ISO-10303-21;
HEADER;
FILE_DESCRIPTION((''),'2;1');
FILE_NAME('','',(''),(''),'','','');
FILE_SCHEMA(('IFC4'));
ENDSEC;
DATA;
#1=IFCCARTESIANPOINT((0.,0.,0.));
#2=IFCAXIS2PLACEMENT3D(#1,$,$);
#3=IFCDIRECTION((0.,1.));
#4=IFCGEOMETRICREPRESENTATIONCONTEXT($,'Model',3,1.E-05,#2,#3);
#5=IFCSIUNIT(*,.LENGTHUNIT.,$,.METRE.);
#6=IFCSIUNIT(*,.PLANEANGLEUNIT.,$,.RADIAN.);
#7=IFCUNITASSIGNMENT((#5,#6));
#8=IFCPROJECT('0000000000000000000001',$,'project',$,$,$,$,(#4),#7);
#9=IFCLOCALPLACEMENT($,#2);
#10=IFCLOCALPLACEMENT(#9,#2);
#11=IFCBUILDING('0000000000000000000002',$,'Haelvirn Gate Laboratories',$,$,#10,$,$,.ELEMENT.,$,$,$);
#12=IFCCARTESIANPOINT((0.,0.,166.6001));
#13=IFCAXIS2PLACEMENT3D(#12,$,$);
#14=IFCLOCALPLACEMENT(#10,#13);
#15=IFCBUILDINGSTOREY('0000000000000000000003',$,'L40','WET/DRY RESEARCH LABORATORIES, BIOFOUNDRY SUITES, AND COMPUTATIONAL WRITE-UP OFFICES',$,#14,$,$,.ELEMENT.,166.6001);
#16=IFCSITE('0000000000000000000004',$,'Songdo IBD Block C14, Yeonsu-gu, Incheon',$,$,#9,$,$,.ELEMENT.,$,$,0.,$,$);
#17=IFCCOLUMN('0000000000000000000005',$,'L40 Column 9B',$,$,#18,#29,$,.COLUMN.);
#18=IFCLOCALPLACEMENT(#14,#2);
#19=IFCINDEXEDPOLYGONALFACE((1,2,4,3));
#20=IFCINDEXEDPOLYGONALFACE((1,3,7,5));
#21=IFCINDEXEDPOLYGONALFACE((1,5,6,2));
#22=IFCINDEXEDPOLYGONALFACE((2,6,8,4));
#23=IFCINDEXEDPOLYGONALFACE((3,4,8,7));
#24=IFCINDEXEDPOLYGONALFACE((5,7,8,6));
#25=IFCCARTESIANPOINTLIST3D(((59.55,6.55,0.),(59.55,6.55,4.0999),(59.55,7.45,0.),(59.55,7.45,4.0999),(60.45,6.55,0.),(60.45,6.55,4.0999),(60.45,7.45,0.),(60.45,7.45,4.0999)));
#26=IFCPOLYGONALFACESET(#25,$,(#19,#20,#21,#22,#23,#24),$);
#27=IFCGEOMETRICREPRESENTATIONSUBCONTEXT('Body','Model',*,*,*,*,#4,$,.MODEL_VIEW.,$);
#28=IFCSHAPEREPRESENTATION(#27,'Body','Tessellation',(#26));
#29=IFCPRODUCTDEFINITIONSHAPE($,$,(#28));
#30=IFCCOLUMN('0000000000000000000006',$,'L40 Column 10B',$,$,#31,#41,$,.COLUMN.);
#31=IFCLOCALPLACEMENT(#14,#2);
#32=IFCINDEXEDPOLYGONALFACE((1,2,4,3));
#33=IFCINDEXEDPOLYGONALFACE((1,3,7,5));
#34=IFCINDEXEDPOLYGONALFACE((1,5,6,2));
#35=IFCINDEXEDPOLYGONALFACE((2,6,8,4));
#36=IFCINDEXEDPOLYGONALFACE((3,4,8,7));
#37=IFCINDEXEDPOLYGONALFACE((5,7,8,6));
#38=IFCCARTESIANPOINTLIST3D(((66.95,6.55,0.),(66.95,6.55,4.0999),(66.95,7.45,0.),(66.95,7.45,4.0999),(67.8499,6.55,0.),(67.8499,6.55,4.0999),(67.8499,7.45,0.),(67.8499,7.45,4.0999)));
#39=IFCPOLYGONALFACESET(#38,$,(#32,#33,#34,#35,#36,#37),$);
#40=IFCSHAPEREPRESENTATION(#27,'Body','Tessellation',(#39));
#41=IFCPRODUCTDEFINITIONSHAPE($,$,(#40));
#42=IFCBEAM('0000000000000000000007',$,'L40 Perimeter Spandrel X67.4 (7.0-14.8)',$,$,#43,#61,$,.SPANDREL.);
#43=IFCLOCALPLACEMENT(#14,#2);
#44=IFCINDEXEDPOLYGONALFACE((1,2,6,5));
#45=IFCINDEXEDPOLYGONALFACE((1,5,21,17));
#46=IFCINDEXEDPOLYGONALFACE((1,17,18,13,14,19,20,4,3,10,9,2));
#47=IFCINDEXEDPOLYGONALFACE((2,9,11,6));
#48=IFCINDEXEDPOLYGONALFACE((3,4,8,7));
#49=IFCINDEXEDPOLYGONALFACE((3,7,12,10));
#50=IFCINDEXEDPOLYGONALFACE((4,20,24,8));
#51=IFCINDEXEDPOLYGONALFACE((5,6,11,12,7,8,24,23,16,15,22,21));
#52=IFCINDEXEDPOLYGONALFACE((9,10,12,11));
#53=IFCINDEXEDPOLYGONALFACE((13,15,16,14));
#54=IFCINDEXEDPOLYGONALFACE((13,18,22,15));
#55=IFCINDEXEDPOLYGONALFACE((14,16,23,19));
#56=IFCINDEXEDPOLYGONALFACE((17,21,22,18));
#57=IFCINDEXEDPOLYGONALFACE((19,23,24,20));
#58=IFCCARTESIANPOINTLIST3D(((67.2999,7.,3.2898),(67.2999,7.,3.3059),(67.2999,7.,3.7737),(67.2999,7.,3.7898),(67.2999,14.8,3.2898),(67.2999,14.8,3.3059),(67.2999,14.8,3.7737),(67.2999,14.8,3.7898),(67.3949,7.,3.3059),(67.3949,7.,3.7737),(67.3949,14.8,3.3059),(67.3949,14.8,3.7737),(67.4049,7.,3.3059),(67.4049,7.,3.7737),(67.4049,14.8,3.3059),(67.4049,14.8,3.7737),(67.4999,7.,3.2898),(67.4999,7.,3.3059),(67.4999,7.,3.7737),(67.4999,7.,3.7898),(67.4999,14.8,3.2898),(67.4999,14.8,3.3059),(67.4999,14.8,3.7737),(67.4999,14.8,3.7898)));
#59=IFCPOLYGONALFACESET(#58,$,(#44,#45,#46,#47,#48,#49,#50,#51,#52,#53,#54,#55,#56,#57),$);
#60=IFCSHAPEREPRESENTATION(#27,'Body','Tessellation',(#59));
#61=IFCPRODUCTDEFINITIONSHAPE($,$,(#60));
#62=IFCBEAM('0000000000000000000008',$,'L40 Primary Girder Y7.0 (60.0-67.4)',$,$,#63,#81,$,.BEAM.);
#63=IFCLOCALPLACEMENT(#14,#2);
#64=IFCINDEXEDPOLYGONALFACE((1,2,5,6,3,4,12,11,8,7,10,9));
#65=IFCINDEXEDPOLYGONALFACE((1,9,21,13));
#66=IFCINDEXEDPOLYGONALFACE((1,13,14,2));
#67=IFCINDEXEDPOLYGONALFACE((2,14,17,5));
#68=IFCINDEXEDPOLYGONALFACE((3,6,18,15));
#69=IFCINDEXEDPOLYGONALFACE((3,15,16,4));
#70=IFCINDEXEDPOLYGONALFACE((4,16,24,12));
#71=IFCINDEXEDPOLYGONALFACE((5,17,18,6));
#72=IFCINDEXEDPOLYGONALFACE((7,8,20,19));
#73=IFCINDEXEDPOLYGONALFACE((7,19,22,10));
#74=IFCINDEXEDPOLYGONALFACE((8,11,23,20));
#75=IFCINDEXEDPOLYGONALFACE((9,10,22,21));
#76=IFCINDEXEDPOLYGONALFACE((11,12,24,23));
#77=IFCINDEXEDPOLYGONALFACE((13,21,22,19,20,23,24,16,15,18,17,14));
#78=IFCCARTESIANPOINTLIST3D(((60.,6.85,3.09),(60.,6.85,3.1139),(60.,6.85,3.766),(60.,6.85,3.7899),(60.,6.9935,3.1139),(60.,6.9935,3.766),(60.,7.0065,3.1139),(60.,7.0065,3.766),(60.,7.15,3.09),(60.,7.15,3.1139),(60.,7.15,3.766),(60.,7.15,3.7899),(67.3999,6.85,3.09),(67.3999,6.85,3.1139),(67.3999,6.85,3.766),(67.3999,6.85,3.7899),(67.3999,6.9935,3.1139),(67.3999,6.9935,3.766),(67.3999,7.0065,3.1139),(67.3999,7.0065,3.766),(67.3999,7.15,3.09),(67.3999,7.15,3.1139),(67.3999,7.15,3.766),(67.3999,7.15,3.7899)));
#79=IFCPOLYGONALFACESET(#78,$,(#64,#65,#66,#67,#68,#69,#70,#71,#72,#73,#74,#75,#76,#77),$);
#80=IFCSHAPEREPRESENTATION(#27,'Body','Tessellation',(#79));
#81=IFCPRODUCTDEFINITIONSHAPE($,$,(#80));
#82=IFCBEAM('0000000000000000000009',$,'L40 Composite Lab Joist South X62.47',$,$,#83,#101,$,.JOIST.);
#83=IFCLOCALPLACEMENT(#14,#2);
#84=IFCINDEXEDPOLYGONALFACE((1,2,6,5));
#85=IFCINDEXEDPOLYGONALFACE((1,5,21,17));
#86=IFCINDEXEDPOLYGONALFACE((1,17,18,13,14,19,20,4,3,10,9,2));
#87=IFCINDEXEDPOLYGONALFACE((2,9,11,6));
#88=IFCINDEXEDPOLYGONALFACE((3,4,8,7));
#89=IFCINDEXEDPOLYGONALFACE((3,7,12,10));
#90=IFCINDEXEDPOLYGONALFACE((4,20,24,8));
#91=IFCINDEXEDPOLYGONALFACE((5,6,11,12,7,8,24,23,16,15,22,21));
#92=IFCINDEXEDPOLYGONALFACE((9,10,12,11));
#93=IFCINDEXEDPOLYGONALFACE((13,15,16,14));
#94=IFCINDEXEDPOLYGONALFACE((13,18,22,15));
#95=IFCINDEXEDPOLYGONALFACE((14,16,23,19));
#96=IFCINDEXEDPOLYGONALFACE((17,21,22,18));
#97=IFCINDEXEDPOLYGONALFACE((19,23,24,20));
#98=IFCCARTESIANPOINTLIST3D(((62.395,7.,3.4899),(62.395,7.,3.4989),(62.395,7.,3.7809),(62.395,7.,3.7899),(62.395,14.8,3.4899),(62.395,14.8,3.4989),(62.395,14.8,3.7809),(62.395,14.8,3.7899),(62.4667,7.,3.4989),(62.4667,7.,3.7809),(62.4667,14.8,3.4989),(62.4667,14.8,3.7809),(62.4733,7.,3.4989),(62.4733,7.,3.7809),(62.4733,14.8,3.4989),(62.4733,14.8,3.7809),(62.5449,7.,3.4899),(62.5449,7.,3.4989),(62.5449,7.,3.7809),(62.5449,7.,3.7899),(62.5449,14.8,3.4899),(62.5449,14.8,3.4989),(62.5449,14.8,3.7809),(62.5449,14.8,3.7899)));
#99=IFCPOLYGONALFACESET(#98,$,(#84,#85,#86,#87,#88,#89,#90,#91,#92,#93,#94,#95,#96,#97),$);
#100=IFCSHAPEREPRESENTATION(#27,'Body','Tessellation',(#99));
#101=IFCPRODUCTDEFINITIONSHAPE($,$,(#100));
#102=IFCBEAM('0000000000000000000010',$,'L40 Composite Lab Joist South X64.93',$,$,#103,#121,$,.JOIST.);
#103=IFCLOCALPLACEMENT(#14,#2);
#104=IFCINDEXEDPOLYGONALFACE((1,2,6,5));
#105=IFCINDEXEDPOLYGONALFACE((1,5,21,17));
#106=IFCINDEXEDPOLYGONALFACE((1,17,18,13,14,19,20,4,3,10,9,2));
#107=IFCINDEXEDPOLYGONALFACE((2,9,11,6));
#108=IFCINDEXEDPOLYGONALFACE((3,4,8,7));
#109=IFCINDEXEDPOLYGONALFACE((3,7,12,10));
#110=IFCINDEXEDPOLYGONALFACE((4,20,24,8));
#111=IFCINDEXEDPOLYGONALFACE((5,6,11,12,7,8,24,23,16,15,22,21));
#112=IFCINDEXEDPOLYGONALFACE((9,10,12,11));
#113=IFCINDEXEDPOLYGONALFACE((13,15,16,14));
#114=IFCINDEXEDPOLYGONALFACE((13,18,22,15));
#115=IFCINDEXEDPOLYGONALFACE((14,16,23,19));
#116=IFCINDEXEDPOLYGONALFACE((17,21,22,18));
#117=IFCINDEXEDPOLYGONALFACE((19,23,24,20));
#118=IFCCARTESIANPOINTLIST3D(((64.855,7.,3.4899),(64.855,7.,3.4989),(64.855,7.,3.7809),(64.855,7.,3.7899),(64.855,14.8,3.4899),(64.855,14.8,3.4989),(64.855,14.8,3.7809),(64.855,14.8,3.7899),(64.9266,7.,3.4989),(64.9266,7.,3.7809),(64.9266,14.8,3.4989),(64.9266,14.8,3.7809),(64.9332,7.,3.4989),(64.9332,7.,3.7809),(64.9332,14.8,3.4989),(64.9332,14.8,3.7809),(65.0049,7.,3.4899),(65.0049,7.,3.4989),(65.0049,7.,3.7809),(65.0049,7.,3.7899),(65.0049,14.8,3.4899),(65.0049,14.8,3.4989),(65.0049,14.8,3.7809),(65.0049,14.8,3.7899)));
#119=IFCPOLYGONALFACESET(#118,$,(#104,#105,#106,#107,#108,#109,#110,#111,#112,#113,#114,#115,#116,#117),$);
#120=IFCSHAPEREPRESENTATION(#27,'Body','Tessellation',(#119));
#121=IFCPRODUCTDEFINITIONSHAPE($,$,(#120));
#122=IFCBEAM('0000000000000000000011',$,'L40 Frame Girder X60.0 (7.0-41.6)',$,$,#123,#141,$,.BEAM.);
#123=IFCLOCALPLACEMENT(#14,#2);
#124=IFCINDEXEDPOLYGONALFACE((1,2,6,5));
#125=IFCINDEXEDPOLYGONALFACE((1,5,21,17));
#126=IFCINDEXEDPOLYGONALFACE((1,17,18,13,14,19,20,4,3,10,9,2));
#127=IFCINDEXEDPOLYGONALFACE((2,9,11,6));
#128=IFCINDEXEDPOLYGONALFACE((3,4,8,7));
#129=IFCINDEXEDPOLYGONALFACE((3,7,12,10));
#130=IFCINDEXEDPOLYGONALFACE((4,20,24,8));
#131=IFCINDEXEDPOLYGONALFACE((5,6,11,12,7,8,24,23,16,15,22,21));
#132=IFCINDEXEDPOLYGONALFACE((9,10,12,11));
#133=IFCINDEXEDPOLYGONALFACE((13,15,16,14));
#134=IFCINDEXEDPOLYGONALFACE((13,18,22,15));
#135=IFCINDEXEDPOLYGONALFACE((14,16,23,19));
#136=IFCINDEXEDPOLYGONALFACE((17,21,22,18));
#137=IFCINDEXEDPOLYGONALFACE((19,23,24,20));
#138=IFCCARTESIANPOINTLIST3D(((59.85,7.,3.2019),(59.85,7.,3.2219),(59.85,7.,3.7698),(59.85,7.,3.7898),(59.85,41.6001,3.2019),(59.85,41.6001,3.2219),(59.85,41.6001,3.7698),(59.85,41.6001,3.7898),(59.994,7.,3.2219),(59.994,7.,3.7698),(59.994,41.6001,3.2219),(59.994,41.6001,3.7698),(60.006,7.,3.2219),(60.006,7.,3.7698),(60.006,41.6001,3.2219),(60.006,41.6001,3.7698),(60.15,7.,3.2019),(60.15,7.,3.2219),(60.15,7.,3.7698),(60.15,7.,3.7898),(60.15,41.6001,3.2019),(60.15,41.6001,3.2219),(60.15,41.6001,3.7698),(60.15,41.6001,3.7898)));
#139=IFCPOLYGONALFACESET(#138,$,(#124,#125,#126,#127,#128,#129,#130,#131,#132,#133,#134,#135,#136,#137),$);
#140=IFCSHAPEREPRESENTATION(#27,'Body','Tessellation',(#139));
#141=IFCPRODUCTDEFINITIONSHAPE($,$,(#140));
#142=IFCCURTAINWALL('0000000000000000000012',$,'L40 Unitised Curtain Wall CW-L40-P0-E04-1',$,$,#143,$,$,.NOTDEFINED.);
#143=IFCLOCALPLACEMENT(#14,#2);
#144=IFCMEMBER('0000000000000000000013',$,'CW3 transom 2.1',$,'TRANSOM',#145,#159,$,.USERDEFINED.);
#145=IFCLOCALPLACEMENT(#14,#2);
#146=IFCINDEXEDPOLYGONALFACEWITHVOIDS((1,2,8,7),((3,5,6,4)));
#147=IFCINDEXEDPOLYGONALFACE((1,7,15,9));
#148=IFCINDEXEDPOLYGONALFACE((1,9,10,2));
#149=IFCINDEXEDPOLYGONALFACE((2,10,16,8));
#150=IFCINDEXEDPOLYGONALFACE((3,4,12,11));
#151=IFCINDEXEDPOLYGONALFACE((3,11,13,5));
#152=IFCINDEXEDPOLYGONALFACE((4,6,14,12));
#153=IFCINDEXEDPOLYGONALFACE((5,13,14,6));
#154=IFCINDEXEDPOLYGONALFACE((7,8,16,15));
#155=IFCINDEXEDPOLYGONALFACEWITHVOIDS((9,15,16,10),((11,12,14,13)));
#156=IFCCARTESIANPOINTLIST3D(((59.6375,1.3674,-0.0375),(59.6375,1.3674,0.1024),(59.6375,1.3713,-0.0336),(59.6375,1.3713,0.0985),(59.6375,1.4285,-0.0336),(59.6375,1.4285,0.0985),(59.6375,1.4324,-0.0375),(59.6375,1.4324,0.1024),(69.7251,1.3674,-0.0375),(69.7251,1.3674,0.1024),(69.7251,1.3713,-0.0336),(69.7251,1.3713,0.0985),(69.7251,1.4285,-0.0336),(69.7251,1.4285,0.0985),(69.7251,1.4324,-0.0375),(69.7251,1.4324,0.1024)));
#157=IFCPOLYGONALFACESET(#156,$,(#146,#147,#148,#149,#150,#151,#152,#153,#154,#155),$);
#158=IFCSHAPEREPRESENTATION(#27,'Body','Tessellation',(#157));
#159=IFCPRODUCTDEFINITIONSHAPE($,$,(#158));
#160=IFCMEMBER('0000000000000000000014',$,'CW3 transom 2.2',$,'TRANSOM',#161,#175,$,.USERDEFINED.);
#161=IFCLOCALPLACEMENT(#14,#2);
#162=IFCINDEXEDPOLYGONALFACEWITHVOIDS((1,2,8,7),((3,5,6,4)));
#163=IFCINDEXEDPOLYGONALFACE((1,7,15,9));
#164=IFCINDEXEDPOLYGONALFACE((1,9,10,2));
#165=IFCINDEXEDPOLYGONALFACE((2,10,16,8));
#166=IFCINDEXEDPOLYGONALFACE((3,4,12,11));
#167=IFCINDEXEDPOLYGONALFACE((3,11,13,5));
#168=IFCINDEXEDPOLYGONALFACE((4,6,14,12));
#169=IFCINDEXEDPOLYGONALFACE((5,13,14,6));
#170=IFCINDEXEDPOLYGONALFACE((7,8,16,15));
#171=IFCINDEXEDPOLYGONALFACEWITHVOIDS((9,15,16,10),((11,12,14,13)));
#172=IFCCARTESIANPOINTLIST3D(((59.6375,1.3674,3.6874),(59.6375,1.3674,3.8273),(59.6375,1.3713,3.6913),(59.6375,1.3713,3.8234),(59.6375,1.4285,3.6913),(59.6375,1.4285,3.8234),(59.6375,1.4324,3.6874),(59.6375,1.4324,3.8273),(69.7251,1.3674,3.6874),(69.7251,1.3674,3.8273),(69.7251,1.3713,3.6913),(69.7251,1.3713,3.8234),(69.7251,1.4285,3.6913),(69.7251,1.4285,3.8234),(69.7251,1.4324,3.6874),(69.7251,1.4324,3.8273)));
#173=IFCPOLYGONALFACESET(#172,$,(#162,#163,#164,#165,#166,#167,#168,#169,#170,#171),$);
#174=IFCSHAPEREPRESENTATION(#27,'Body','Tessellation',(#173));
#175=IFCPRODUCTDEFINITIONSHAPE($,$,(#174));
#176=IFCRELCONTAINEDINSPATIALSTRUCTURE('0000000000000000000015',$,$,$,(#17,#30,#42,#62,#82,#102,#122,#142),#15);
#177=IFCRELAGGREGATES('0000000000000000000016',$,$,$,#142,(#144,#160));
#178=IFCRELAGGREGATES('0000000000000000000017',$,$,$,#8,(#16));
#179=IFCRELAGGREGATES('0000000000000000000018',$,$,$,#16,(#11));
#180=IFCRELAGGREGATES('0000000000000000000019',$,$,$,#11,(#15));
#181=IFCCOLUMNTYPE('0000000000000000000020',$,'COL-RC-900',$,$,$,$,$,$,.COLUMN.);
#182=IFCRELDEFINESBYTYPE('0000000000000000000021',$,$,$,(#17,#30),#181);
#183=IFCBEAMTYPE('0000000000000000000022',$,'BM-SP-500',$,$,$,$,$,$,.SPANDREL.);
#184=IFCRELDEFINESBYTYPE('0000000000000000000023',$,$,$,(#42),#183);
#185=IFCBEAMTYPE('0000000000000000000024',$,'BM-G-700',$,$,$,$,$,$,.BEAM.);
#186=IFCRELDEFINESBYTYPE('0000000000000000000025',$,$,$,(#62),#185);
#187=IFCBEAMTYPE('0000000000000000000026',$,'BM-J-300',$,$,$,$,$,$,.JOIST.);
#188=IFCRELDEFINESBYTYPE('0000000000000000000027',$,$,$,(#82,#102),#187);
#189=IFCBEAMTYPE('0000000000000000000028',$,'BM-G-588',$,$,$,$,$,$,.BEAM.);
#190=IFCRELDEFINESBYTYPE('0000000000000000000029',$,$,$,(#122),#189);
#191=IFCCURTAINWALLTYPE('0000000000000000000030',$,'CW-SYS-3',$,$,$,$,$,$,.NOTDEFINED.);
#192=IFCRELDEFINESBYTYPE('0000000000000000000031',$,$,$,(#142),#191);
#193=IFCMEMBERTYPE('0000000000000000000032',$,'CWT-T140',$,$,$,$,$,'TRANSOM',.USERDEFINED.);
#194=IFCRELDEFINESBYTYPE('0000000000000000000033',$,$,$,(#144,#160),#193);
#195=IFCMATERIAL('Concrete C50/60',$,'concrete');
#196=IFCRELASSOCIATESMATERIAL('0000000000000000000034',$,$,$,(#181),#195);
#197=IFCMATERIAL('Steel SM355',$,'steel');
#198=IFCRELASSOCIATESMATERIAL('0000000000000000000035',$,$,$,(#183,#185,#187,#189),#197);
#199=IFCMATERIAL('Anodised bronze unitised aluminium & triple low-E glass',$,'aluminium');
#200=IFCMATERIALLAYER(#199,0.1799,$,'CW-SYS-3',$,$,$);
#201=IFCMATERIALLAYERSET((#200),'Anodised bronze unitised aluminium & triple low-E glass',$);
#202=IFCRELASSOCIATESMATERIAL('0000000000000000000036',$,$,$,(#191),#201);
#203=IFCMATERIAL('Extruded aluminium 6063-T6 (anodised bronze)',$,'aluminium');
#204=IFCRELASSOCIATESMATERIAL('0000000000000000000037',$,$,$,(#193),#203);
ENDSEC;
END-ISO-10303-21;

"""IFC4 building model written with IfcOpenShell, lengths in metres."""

from ifc_helpers import new_model, si_unit, direction, frame, origin, origin_2d, place, context, subcontext, project, spatial, rectangle, hollow_rectangle, i_section, extrude, source, transform, mapped, material, layer, layer_set, material_profile, profile_set, type_object, type_shapes, element, aggregate, save


model = new_model("IFC4")

# Units and contexts
model_context = context("Model", 3, precision=1e-05, world=origin(), true_north=direction((0.0, 1.0)))
body_context = subcontext(model_context, "Body", "Model", "MODEL_VIEW")
ifc_project = project(units=[si_unit("LENGTHUNIT", "METRE"), si_unit("PLANEANGLEUNIT", "RADIAN")], contexts=[model_context])

# Site, building, storey
site_placement = place(None, origin())
site = spatial("IfcSite", under=ifc_project, at=site_placement, Name="Songdo IBD Block C14, Yeonsu-gu, Incheon", CompositionType="ELEMENT", RefElevation=0.0)
building_placement = place(site_placement, origin())
building = spatial("IfcBuilding", under=site, at=building_placement, Name="Haelvirn Gate Laboratories", CompositionType="ELEMENT")
storey_placement = place(building_placement, frame((0.0, 0.0, 166.6001)))
storey = spatial("IfcBuildingStorey", under=building, at=storey_placement, Name="L40", Description="WET/DRY RESEARCH LABORATORIES, BIOFOUNDRY SUITES, AND COMPUTATIONAL WRITE-UP OFFICES", CompositionType="ELEMENT", Elevation=166.6001)

# Columns
ifc_material_1 = material(Name="Concrete C50/60", Category="concrete")
ifc_material_profile_1 = material_profile(ifc_material_1, rectangle(XDim=0.8999, YDim=0.8999, at=origin_2d()), Name="RC-900x900")
ifc_profile_set_1 = profile_set([ifc_material_profile_1], Name="Concrete C50/60")
column_type = type_object("IfcColumnType", Name="COL-RC-900", PredefinedType="COLUMN", material=ifc_profile_set_1)
shared_shape_1 = source(origin(), body_context, "Body", "SweptSolid", [
    extrude(rectangle(XDim=0.8999, YDim=0.8999, at=origin_2d()), origin(), (0.0, 0.0, 1.0), 4.0999),
])
type_shapes(column_type, [shared_shape_1])
for number, where, z_axis, x_axis, name in (
    (1, (60.0, 7.0, 0.0), (0.0, 0.0, 1.0), (1.0, 0.0, 0.0), "L40 Column 9B"),
    (2, (67.3999, 7.0, 0.0), (0.0, 0.0, 1.0), (1.0, 0.0, 0.0), "L40 Column 10B"),
):
    element("IfcColumn", number, at=place(storey_placement, frame(where, z_axis=z_axis, x_axis=x_axis)), inside=storey, type_object=column_type, Name=name, PredefinedType="COLUMN", context=body_context, shape_type="MappedRepresentation", body=[
        mapped(shared_shape_1, transform((0.0, 0.0, 0.0), scale=1.0)),
    ])

# Beams
ifc_material_2 = material(Name="Steel SM355", Category="steel")
ifc_material_profile_2 = material_profile(ifc_material_2, i_section(OverallWidth=0.2, OverallDepth=0.5, WebThickness=0.01, FlangeThickness=0.0161, at=origin_2d()), Name="H-500x200x10x16")
ifc_profile_set_2 = profile_set([ifc_material_profile_2], Name="Steel SM355")
beam_type_1 = type_object("IfcBeamType", Name="BM-SP-500", PredefinedType="SPANDREL", material=ifc_profile_set_2)
shared_shape_2 = source(origin(), body_context, "Body", "SweptSolid", [
    extrude(i_section(OverallWidth=0.2, OverallDepth=0.5, WebThickness=0.01, FlangeThickness=0.0161, at=origin_2d()), origin(), (0.0, 0.0, 1.0), 7.8),
])
type_shapes(beam_type_1, [shared_shape_2])
beam_1_placement = place(storey_placement, frame((67.3999, 7.0, 3.5398), z_axis=(0.0, 1.0, 0.0), x_axis=(-1.0, 0.0, 0.0)))
element("IfcBeam", 3, at=beam_1_placement, inside=storey, type_object=beam_type_1, Name="L40 Perimeter Spandrel X67.4 (7.0-14.8)", PredefinedType="SPANDREL", context=body_context, shape_type="MappedRepresentation", body=[
    mapped(shared_shape_2, transform((0.0, 0.0, 0.0), scale=1.0)),
])
ifc_material_profile_3 = material_profile(ifc_material_2, i_section(OverallWidth=0.3, OverallDepth=0.7, WebThickness=0.0129, FlangeThickness=0.0239, at=origin_2d()), Name="H-700x300x13x24")
ifc_profile_set_3 = profile_set([ifc_material_profile_3], Name="Steel SM355")
beam_type_2 = type_object("IfcBeamType", Name="BM-G-700", PredefinedType="BEAM", material=ifc_profile_set_3)
shared_shape_3 = source(origin(), body_context, "Body", "SweptSolid", [
    extrude(i_section(OverallWidth=0.3, OverallDepth=0.7, WebThickness=0.0129, FlangeThickness=0.0239, at=origin_2d()), origin(), (0.0, 0.0, 1.0), 7.3999),
])
type_shapes(beam_type_2, [shared_shape_3])
beam_2_placement = place(storey_placement, frame((60.0, 7.0, 3.4399), z_axis=(1.0, 0.0, 0.0), x_axis=(0.0, 1.0, 0.0)))
element("IfcBeam", 4, at=beam_2_placement, inside=storey, type_object=beam_type_2, Name="L40 Primary Girder Y7.0 (60.0-67.4)", PredefinedType="BEAM", context=body_context, shape_type="MappedRepresentation", body=[
    mapped(shared_shape_3, transform((0.0, 0.0, 0.0), scale=1.0)),
])
ifc_material_profile_4 = material_profile(ifc_material_2, i_section(OverallWidth=0.1499, OverallDepth=0.3, WebThickness=0.0066, FlangeThickness=0.009, at=origin_2d()), Name="H-300x150x6.5x9")
ifc_profile_set_4 = profile_set([ifc_material_profile_4], Name="Steel SM355")
beam_type_3 = type_object("IfcBeamType", Name="BM-J-300", PredefinedType="JOIST", material=ifc_profile_set_4)
shared_shape_4 = source(origin(), body_context, "Body", "SweptSolid", [
    extrude(i_section(OverallWidth=0.1499, OverallDepth=0.3, WebThickness=0.0066, FlangeThickness=0.009, at=origin_2d()), origin(), (0.0, 0.0, 1.0), 7.8),
])
type_shapes(beam_type_3, [shared_shape_4])
for number, where, z_axis, x_axis, name in (
    (5, (62.47, 7.0, 3.6399), (0.0, 1.0, 0.0), (-1.0, 0.0, 0.0), "L40 Composite Lab Joist South X62.47"),
    (6, (64.9299, 7.0, 3.6399), (0.0, 1.0, 0.0), (-1.0, 0.0, 0.0), "L40 Composite Lab Joist South X64.93"),
):
    element("IfcBeam", number, at=place(storey_placement, frame(where, z_axis=z_axis, x_axis=x_axis)), inside=storey, type_object=beam_type_3, Name=name, PredefinedType="JOIST", context=body_context, shape_type="MappedRepresentation", body=[
        mapped(shared_shape_4, transform((0.0, 0.0, 0.0), scale=1.0)),
    ])
ifc_material_profile_5 = material_profile(ifc_material_2, i_section(OverallWidth=0.3, OverallDepth=0.5879, WebThickness=0.012, FlangeThickness=0.02, at=origin_2d()), Name="H-588x300x12x20")
ifc_profile_set_5 = profile_set([ifc_material_profile_5], Name="Steel SM355")
beam_type_4 = type_object("IfcBeamType", Name="BM-G-588", PredefinedType="BEAM", material=ifc_profile_set_5)
shared_shape_5 = source(origin(), body_context, "Body", "SweptSolid", [
    extrude(i_section(OverallWidth=0.3, OverallDepth=0.5879, WebThickness=0.012, FlangeThickness=0.02, at=origin_2d()), origin(), (0.0, 0.0, 1.0), 34.6001),
])
type_shapes(beam_type_4, [shared_shape_5])
beam_3_placement = place(storey_placement, frame((60.0, 7.0, 3.4958), z_axis=(0.0, 1.0, 0.0), x_axis=(-1.0, 0.0, 0.0)))
element("IfcBeam", 7, at=beam_3_placement, inside=storey, type_object=beam_type_4, Name="L40 Frame Girder X60.0 (7.0-41.6)", PredefinedType="BEAM", context=body_context, shape_type="MappedRepresentation", body=[
    mapped(shared_shape_5, transform((0.0, 0.0, 0.0), scale=1.0)),
])

# Curtain wall, members
ifc_material_3 = material(Name="Anodised bronze unitised aluminium & triple low-E glass", Category="aluminium")
ifc_layer_1 = layer(ifc_material_3, 0.1799, Name="CW-SYS-3")
ifc_layer_set_1 = layer_set([ifc_layer_1], Name="Anodised bronze unitised aluminium & triple low-E glass")
curtain_wall_type_1 = type_object("IfcCurtainWallType", Name="CW-SYS-3", PredefinedType="NOTDEFINED", material=ifc_layer_set_1)
curtain_wall_1_placement = place(storey_placement, origin())
curtain_wall_1 = element("IfcCurtainWall", 8, at=curtain_wall_1_placement, inside=storey, type_object=curtain_wall_type_1, Name="L40 Unitised Curtain Wall CW-L40-P0-E04-1", PredefinedType="NOTDEFINED")
ifc_material_4 = material(Name="Extruded aluminium 6063-T6 (anodised bronze)", Category="aluminium")
ifc_material_profile_6 = material_profile(ifc_material_4, hollow_rectangle(XDim=0.0649, YDim=0.1399, WallThickness=0.0039, at=origin_2d()), Name="CWT-140x65x4")
ifc_profile_set_6 = profile_set([ifc_material_profile_6], Name="Extruded aluminium 6063-T6 (anodised bronze)")
member_type_1 = type_object("IfcMemberType", Name="CWT-T140", ElementType="TRANSOM", PredefinedType="USERDEFINED", material=ifc_profile_set_6)
shared_shape_6 = source(origin(), body_context, "Body", "SweptSolid", [
    extrude(hollow_rectangle(XDim=0.0649, YDim=0.1399, WallThickness=0.0039, at=origin_2d()), origin(), (0.0, 0.0, 1.0), 10.0876),
])
member_1_placement = place(storey_placement, frame((59.6375, 1.3999, 0.0325), z_axis=(1.0, 0.0, 0.0), x_axis=(0.0, 1.0, 0.0)))
member_1 = element("IfcMember", 9, at=member_1_placement, type_object=member_type_1, Name="CW3 transom 2.1", ObjectType="TRANSOM", PredefinedType="USERDEFINED", context=body_context, shape_type="MappedRepresentation", body=[
    mapped(shared_shape_6, transform((0.0, 0.0, 0.0), scale=1.0)),
])
member_2_placement = place(storey_placement, frame((59.6375, 1.3999, 3.7573), z_axis=(1.0, 0.0, 0.0), x_axis=(0.0, 1.0, 0.0)))
member_2 = element("IfcMember", 10, at=member_2_placement, type_object=member_type_1, Name="CW3 transom 2.2", ObjectType="TRANSOM", PredefinedType="USERDEFINED", context=body_context, shape_type="MappedRepresentation", body=[
    mapped(shared_shape_6, transform((0.0, 0.0, 0.0), scale=1.0)),
])

aggregate(curtain_wall_1, [member_1, member_2])

save(model, "model.ifc")
